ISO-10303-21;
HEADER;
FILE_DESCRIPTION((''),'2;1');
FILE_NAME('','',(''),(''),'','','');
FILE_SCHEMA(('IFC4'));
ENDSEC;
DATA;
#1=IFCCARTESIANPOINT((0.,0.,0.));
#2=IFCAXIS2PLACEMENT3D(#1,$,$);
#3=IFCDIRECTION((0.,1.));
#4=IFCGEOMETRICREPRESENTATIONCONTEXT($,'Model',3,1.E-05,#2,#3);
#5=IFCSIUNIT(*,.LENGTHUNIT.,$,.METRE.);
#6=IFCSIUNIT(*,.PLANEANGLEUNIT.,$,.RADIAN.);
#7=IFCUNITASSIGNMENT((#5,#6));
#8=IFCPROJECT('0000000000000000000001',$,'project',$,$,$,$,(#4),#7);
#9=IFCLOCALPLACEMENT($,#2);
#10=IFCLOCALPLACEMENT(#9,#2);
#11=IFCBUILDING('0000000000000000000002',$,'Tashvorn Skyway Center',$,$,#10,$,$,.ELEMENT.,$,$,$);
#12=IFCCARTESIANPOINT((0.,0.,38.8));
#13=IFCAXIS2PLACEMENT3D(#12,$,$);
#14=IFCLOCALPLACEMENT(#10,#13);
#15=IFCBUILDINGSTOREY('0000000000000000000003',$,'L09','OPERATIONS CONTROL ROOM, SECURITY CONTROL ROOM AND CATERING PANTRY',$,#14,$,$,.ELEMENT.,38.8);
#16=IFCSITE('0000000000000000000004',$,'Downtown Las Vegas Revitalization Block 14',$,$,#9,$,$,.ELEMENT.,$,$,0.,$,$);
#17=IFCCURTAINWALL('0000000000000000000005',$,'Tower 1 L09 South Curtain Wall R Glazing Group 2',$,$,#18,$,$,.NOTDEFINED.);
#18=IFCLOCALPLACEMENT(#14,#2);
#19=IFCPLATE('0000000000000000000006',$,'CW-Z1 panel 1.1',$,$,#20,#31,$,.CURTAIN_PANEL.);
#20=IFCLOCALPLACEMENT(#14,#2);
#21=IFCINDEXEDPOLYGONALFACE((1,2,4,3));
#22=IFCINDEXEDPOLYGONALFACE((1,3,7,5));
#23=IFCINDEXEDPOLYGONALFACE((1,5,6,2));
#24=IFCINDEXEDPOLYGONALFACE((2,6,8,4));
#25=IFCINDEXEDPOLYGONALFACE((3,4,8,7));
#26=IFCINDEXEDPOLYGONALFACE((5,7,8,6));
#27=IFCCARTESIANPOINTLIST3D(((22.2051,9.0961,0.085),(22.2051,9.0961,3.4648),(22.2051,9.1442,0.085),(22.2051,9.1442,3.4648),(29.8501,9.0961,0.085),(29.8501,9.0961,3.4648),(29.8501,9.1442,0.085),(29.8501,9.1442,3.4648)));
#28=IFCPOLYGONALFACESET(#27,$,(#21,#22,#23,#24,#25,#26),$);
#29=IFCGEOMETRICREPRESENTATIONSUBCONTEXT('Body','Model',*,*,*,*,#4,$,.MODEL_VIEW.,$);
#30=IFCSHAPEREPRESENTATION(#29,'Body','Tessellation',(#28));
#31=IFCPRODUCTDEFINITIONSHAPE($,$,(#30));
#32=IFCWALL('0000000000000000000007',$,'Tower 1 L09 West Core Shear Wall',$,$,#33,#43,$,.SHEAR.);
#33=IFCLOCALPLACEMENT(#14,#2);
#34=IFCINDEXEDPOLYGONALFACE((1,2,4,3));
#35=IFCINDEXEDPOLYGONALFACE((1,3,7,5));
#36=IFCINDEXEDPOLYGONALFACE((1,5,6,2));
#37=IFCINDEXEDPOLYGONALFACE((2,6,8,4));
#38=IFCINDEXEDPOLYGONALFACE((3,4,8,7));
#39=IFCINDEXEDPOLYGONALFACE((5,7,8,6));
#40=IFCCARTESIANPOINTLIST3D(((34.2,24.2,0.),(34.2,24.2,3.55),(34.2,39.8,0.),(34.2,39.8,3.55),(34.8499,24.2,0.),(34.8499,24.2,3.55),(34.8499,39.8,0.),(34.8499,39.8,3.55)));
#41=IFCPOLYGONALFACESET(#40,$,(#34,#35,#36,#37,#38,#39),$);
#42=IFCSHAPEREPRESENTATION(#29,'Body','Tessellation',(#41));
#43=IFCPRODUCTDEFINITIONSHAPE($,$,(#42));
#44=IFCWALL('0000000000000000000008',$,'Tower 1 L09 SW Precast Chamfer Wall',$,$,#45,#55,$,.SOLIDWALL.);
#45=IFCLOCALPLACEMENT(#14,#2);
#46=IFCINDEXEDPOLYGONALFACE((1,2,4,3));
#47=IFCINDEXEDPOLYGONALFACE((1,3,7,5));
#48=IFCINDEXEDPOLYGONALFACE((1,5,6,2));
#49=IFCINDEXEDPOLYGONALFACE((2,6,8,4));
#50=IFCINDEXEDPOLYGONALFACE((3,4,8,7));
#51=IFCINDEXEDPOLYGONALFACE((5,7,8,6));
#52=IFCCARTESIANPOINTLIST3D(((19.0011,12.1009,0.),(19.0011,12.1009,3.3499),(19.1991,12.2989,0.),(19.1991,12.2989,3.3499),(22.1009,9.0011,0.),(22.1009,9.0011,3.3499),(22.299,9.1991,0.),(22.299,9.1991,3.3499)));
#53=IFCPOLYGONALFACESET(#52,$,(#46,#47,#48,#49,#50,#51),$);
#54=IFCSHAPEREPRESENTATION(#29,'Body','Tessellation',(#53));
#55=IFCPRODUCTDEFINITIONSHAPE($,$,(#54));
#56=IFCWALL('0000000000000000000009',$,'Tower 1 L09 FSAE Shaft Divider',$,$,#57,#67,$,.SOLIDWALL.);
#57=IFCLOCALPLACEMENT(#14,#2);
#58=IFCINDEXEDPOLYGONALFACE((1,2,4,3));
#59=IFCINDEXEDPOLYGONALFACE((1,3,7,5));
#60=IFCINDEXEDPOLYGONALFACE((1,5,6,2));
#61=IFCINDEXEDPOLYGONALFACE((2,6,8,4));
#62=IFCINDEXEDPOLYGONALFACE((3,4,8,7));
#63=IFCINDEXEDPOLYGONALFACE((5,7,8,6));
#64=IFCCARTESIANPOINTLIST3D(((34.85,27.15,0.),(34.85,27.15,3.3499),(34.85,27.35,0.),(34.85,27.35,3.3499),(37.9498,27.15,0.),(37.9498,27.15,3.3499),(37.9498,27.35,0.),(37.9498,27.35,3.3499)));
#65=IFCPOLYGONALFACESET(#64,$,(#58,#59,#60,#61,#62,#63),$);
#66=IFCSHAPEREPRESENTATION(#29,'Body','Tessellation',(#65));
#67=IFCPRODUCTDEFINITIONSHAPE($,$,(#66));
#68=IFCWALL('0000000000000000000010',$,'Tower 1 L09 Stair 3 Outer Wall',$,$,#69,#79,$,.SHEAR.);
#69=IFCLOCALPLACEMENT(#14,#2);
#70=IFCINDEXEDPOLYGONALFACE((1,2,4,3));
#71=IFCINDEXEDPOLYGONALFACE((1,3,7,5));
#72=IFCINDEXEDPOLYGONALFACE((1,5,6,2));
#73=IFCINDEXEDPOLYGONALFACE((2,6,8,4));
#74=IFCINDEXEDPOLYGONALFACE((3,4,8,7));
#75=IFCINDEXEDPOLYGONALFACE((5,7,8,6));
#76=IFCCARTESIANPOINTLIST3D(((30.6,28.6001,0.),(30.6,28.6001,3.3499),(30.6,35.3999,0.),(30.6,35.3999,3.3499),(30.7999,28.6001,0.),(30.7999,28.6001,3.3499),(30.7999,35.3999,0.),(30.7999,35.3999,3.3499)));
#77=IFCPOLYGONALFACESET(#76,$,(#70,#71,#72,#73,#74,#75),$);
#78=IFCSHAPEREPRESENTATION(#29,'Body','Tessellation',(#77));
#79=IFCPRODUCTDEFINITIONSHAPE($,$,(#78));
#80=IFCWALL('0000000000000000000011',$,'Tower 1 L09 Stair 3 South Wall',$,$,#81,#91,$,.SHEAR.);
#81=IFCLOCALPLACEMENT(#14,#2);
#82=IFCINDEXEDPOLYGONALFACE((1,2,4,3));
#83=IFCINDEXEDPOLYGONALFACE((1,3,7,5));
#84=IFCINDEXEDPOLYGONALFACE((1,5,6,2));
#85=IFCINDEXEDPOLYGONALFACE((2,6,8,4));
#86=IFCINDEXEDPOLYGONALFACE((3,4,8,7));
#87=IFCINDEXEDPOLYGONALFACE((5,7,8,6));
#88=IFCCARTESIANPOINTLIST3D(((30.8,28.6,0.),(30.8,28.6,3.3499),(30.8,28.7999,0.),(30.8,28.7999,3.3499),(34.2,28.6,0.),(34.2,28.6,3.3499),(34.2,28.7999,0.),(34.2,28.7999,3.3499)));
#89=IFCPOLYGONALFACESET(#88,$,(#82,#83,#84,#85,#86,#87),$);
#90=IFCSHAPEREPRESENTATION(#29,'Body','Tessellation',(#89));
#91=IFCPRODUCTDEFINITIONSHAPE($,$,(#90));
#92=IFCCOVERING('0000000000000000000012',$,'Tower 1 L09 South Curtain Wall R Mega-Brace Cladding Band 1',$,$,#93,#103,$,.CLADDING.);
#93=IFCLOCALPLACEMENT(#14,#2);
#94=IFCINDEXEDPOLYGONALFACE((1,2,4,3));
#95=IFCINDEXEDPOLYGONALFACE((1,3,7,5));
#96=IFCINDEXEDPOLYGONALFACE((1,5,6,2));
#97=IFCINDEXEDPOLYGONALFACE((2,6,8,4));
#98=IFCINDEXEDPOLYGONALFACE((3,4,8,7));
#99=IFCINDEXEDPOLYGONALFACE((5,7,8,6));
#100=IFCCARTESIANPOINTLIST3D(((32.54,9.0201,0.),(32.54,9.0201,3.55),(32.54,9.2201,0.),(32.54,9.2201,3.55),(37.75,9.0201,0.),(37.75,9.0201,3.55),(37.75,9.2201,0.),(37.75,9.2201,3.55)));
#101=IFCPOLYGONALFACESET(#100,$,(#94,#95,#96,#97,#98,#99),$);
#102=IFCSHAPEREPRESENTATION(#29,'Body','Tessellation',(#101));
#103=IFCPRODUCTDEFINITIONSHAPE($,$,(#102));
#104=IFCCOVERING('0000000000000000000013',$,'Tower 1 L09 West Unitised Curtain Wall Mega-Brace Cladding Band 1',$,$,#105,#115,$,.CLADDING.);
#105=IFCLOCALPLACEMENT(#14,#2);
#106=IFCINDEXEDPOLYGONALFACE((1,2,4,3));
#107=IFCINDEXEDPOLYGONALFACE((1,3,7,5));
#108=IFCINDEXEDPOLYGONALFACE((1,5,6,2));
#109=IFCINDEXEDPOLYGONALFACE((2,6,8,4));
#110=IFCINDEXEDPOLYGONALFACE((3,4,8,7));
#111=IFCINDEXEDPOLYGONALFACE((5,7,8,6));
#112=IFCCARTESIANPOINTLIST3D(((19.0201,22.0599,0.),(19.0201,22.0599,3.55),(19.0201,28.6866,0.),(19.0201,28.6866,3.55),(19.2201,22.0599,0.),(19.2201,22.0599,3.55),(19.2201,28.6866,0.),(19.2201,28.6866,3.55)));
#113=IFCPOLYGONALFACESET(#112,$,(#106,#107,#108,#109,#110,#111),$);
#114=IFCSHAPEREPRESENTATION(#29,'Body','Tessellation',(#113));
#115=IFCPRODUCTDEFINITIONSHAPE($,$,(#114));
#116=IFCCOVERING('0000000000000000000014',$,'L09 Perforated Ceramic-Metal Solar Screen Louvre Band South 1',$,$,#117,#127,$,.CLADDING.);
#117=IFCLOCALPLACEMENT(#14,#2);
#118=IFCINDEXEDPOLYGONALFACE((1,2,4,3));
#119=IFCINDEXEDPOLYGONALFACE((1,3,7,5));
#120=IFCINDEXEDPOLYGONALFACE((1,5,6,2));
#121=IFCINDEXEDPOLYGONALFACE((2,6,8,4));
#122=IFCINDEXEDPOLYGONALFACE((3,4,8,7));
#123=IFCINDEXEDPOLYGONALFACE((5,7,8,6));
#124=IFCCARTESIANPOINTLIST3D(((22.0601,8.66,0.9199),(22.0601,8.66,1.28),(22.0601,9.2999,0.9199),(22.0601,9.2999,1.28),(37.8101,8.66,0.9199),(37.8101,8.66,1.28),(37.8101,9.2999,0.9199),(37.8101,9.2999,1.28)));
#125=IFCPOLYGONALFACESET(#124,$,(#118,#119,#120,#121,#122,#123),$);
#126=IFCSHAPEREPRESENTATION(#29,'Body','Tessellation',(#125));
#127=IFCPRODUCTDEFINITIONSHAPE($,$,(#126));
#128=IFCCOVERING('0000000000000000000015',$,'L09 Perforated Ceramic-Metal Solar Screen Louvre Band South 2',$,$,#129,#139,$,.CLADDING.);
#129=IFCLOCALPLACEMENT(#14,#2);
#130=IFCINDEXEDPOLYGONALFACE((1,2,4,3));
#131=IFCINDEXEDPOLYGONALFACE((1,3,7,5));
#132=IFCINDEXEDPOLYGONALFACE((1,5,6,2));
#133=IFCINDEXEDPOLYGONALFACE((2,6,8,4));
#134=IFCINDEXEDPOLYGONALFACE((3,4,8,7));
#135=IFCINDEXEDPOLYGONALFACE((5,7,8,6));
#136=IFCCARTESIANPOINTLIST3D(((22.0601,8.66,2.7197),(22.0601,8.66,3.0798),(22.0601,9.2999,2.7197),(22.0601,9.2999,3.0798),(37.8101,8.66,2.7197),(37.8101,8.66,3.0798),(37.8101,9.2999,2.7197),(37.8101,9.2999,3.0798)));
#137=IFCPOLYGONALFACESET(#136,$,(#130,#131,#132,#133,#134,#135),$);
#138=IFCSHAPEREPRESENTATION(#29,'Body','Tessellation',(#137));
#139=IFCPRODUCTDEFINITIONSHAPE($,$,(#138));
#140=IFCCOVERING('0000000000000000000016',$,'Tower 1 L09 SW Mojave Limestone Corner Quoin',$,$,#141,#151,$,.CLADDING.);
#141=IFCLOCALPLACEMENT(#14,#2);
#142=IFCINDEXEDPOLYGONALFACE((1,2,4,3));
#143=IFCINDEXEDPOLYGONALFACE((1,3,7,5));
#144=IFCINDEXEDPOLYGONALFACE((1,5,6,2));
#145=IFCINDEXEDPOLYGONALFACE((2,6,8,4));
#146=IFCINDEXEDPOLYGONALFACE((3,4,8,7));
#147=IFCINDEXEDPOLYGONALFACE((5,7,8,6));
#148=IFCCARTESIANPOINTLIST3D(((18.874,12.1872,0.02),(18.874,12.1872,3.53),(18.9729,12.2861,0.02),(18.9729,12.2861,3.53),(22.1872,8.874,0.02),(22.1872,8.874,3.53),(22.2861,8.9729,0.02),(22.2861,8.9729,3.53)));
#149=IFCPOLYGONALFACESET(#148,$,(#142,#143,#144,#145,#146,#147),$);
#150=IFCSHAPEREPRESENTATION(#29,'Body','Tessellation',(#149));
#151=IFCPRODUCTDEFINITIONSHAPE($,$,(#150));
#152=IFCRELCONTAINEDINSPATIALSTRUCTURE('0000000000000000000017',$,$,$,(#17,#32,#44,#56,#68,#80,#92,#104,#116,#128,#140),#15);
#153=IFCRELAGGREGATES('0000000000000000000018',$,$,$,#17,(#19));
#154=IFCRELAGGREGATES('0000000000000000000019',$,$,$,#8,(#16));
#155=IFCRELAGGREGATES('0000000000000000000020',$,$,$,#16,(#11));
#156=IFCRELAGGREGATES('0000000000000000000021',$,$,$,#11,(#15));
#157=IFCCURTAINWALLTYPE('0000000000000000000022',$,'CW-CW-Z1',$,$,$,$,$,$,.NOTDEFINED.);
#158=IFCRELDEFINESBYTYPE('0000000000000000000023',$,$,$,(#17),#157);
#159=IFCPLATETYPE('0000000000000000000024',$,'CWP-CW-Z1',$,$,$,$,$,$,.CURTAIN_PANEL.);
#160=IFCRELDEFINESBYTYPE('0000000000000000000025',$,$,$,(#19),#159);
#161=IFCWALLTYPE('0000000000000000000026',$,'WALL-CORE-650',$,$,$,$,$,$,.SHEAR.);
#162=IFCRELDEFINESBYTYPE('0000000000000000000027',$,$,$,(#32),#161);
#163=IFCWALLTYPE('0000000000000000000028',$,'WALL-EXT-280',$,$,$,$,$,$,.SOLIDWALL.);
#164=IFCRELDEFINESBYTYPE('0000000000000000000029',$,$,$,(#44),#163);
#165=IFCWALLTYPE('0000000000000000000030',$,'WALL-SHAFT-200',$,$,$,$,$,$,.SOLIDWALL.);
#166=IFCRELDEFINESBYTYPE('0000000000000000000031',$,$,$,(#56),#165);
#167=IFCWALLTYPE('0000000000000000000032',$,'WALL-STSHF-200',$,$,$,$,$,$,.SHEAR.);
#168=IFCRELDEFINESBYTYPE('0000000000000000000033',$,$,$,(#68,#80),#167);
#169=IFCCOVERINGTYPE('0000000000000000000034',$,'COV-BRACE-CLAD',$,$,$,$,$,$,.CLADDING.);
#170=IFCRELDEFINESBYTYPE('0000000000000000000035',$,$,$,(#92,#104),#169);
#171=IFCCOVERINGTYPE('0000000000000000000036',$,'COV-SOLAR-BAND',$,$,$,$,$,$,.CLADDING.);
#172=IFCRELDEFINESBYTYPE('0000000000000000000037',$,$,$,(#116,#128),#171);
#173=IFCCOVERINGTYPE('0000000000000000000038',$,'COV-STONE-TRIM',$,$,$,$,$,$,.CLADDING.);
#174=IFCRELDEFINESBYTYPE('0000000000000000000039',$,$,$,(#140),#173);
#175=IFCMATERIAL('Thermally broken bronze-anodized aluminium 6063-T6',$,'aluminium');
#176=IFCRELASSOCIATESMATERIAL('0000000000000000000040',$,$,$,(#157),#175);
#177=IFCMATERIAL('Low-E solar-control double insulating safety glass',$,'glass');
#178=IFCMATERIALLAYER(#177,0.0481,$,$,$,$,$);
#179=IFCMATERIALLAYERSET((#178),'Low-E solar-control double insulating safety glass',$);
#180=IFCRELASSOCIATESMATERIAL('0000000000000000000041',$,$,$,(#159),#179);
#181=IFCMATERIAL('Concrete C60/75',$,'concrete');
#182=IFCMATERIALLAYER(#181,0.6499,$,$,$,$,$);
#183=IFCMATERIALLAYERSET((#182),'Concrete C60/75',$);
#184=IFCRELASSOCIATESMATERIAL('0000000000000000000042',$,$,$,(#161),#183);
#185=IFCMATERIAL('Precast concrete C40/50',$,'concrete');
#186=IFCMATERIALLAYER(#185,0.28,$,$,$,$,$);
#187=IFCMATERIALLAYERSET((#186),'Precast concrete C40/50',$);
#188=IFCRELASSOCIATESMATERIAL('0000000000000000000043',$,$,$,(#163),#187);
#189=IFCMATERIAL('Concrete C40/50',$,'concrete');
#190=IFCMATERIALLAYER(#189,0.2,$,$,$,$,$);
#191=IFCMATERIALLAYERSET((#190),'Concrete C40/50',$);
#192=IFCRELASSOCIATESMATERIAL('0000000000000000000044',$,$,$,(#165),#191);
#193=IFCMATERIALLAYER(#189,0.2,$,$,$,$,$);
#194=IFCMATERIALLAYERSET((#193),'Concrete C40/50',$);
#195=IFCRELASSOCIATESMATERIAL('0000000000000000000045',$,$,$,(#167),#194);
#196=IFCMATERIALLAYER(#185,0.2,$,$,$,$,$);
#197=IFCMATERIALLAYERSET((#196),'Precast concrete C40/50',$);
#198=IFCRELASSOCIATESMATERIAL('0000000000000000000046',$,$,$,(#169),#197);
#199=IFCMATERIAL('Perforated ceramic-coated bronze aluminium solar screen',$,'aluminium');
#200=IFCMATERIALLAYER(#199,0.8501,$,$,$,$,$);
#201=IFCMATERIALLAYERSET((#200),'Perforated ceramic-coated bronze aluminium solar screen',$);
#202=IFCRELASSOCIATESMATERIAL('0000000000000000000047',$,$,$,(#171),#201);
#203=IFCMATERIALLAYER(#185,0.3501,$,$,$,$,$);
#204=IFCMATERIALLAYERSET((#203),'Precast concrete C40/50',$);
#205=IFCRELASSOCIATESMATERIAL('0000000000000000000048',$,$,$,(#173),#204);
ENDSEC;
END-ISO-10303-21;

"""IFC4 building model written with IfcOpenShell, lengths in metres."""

from ifc_helpers import new_model, si_unit, direction, frame, frame_2d, origin, origin_2d, place, context, subcontext, project, spatial, rectangle, extrude, material, layer, layer_set, type_object, element, aggregate, save


model = new_model("IFC4")

# Units and contexts
model_context = context("Model", 3, precision=1e-05, world=origin(), true_north=direction((0.0, 1.0)))
body_context = subcontext(model_context, "Body", "Model", "MODEL_VIEW")
ifc_project = project(units=[si_unit("LENGTHUNIT", "METRE"), si_unit("PLANEANGLEUNIT", "RADIAN")], contexts=[model_context])

# Site, building, storey
site_placement = place(None, origin())
site = spatial("IfcSite", under=ifc_project, at=site_placement, Name="Downtown Las Vegas Revitalization Block 14", CompositionType="ELEMENT", RefElevation=0.0)
building_placement = place(site_placement, origin())
building = spatial("IfcBuilding", under=site, at=building_placement, Name="Tashvorn Skyway Center", CompositionType="ELEMENT")
storey_placement = place(building_placement, frame((0.0, 0.0, 38.8)))
storey = spatial("IfcBuildingStorey", under=building, at=storey_placement, Name="L09", Description="OPERATIONS CONTROL ROOM, SECURITY CONTROL ROOM AND CATERING PANTRY", CompositionType="ELEMENT", Elevation=38.8)

# Curtain wall
ifc_material_1 = material(Name="Thermally broken bronze-anodized aluminium 6063-T6", Category="aluminium")
curtain_wall_type = type_object("IfcCurtainWallType", Name="CW-CW-Z1", PredefinedType="NOTDEFINED", material=ifc_material_1)
curtain_wall_1_placement = place(storey_placement, origin())
curtain_wall_1 = element("IfcCurtainWall", 1, at=curtain_wall_1_placement, inside=storey, type_object=curtain_wall_type, Name="Tower 1 L09 South Curtain Wall R Glazing Group 2", PredefinedType="NOTDEFINED")

# Plate
ifc_material_2 = material(Name="Low-E solar-control double insulating safety glass", Category="glass")
ifc_layer_1 = layer(ifc_material_2, 0.0481)
ifc_layer_set_1 = layer_set([ifc_layer_1], Name="Low-E solar-control double insulating safety glass")
plate_type = type_object("IfcPlateType", Name="CWP-CW-Z1", PredefinedType="CURTAIN_PANEL", material=ifc_layer_set_1)
plate_1_placement = place(storey_placement, frame((26.0276, 9.1201, 0.085), z_axis=(0.0, 0.0, 1.0), x_axis=(-1.0, 0.0, 0.0)))
plate_1 = element("IfcPlate", 2, at=plate_1_placement, type_object=plate_type, Name="CW-Z1 panel 1.1", PredefinedType="CURTAIN_PANEL", context=body_context, shape_type="SweptSolid", body=[
    extrude(rectangle(XDim=7.645, YDim=0.0481, at=origin_2d()), origin(), (0.0, 0.0, 1.0), 3.3799),
])
aggregate(curtain_wall_1, [plate_1])

# Walls
ifc_material_3 = material(Name="Concrete C60/75", Category="concrete")
ifc_layer_2 = layer(ifc_material_3, 0.6499)
ifc_layer_set_2 = layer_set([ifc_layer_2], Name="Concrete C60/75")
wall_type_1 = type_object("IfcWallType", Name="WALL-CORE-650", PredefinedType="SHEAR", material=ifc_layer_set_2)
wall_1_placement = place(storey_placement, frame((34.5249, 24.2, 0.0), z_axis=(0.0, 0.0, 1.0), x_axis=(0.0, 1.0, 0.0)))
element("IfcWall", 3, at=wall_1_placement, inside=storey, type_object=wall_type_1, Name="Tower 1 L09 West Core Shear Wall", PredefinedType="SHEAR", context=body_context, shape_type="SweptSolid", body=[
    extrude(rectangle(XDim=15.6001, YDim=0.6499, at=frame_2d((7.8, 0.0))), origin(), (0.0, 0.0, 1.0), 3.55),
])
ifc_material_4 = material(Name="Precast concrete C40/50", Category="concrete")
ifc_layer_3 = layer(ifc_material_4, 0.28)
ifc_layer_set_3 = layer_set([ifc_layer_3], Name="Precast concrete C40/50")
wall_type_2 = type_object("IfcWallType", Name="WALL-EXT-280", PredefinedType="SOLIDWALL", material=ifc_layer_set_3)
wall_2_placement = place(storey_placement, frame((22.2, 9.1001, 0.0), z_axis=(0.0, 0.0, 1.0), x_axis=(-0.707107, 0.707107, 0.0)))
element("IfcWall", 4, at=wall_2_placement, inside=storey, type_object=wall_type_2, Name="Tower 1 L09 SW Precast Chamfer Wall", PredefinedType="SOLIDWALL", context=body_context, shape_type="SweptSolid", body=[
    extrude(rectangle(XDim=4.3838, YDim=0.28, at=frame_2d((2.1919, 0.0))), origin(), (0.0, 0.0, 1.0), 3.3499),
])
ifc_material_5 = material(Name="Concrete C40/50", Category="concrete")
ifc_layer_4 = layer(ifc_material_5, 0.2)
ifc_layer_set_4 = layer_set([ifc_layer_4], Name="Concrete C40/50")
wall_type_3 = type_object("IfcWallType", Name="WALL-SHAFT-200", PredefinedType="SOLIDWALL", material=ifc_layer_set_4)
wall_3_placement = place(storey_placement, frame((34.8501, 27.25, 0.0), z_axis=(0.0, 0.0, 1.0), x_axis=(1.0, 0.0, 0.0)))
element("IfcWall", 5, at=wall_3_placement, inside=storey, type_object=wall_type_3, Name="Tower 1 L09 FSAE Shaft Divider", PredefinedType="SOLIDWALL", context=body_context, shape_type="SweptSolid", body=[
    extrude(rectangle(XDim=3.0999, YDim=0.2, at=frame_2d((1.5498, 0.0))), origin(), (0.0, 0.0, 1.0), 3.3499),
])
ifc_layer_5 = layer(ifc_material_5, 0.2)
ifc_layer_set_5 = layer_set([ifc_layer_5], Name="Concrete C40/50")
wall_type_4 = type_object("IfcWallType", Name="WALL-STSHF-200", PredefinedType="SHEAR", material=ifc_layer_set_5)
wall_4_placement = place(storey_placement, frame((30.7, 28.6001, 0.0), z_axis=(0.0, 0.0, 1.0), x_axis=(0.0, 1.0, 0.0)))
element("IfcWall", 6, at=wall_4_placement, inside=storey, type_object=wall_type_4, Name="Tower 1 L09 Stair 3 Outer Wall", PredefinedType="SHEAR", context=body_context, shape_type="SweptSolid", body=[
    extrude(rectangle(XDim=6.7998, YDim=0.2, at=frame_2d((3.3999, 0.0))), origin(), (0.0, 0.0, 1.0), 3.3499),
])
wall_5_placement = place(storey_placement, frame((30.8, 28.7, 0.0), z_axis=(0.0, 0.0, 1.0), x_axis=(1.0, 0.0, 0.0)))
element("IfcWall", 7, at=wall_5_placement, inside=storey, type_object=wall_type_4, Name="Tower 1 L09 Stair 3 South Wall", PredefinedType="SHEAR", context=body_context, shape_type="SweptSolid", body=[
    extrude(rectangle(XDim=3.3999, YDim=0.2, at=frame_2d((1.7, 0.0))), origin(), (0.0, 0.0, 1.0), 3.3499),
])

# Coverings
ifc_layer_6 = layer(ifc_material_4, 0.2)
ifc_layer_set_6 = layer_set([ifc_layer_6], Name="Precast concrete C40/50")
covering_type_1 = type_object("IfcCoveringType", Name="COV-BRACE-CLAD", PredefinedType="CLADDING", material=ifc_layer_set_6)
covering_1_placement = place(storey_placement, frame((35.145, 9.1201, 0.0), z_axis=(0.0, 0.0, 1.0), x_axis=(-1.0, 0.0, 0.0)))
element("IfcCovering", 8, at=covering_1_placement, inside=storey, type_object=covering_type_1, Name="Tower 1 L09 South Curtain Wall R Mega-Brace Cladding Band 1", PredefinedType="CLADDING", context=body_context, shape_type="SweptSolid", body=[
    extrude(rectangle(XDim=5.21, YDim=0.2, at=origin_2d()), origin(), (0.0, 0.0, 1.0), 3.55),
])
covering_2_placement = place(storey_placement, frame((19.1201, 25.3733, 0.0), z_axis=(0.0, 0.0, 1.0), x_axis=(0.0, 1.0, 0.0)))
element("IfcCovering", 9, at=covering_2_placement, inside=storey, type_object=covering_type_1, Name="Tower 1 L09 West Unitised Curtain Wall Mega-Brace Cladding Band 1", PredefinedType="CLADDING", context=body_context, shape_type="SweptSolid", body=[
    extrude(rectangle(XDim=6.6267, YDim=0.2, at=origin_2d()), origin(), (0.0, 0.0, 1.0), 3.55),
])
ifc_material_6 = material(Name="Perforated ceramic-coated bronze aluminium solar screen", Category="aluminium")
ifc_layer_7 = layer(ifc_material_6, 0.8501)
ifc_layer_set_7 = layer_set([ifc_layer_7], Name="Perforated ceramic-coated bronze aluminium solar screen")
covering_type_2 = type_object("IfcCoveringType", Name="COV-SOLAR-BAND", PredefinedType="CLADDING", material=ifc_layer_set_7)
for number, where, z_axis, x_axis, name in (
    (10, (29.9351, 8.98, 0.9199), (0.0, 0.0, 1.0), (-1.0, 0.0, 0.0), "L09 Perforated Ceramic-Metal Solar Screen Louvre Band South 1"),
    (11, (29.9351, 8.98, 2.7197), (0.0, 0.0, 1.0), (-1.0, 0.0, 0.0), "L09 Perforated Ceramic-Metal Solar Screen Louvre Band South 2"),
):
    element("IfcCovering", number, at=place(storey_placement, frame(where, z_axis=z_axis, x_axis=x_axis)), inside=storey, type_object=covering_type_2, Name=name, PredefinedType="CLADDING", context=body_context, shape_type="SweptSolid", body=[
        extrude(rectangle(XDim=15.75, YDim=0.6399, at=origin_2d()), origin(), (0.0, 0.0, 1.0), 0.3601),
    ])
ifc_layer_8 = layer(ifc_material_4, 0.3501)
ifc_layer_set_8 = layer_set([ifc_layer_8], Name="Precast concrete C40/50")
covering_type_3 = type_object("IfcCoveringType", Name="COV-STONE-TRIM", PredefinedType="CLADDING", material=ifc_layer_set_8)
covering_3_placement = place(storey_placement, frame((20.5801, 10.5801, 0.02), z_axis=(0.0, 0.0, 1.0), x_axis=(-0.707107, 0.707107, 0.0)))
element("IfcCovering", 12, at=covering_3_placement, inside=storey, type_object=covering_type_3, Name="Tower 1 L09 SW Mojave Limestone Corner Quoin", PredefinedType="CLADDING", context=body_context, shape_type="SweptSolid", body=[
    extrude(rectangle(XDim=4.6855, YDim=0.1399, at=origin_2d()), origin(), (0.0, 0.0, 1.0), 3.51),
])

save(model, "model.ifc")
